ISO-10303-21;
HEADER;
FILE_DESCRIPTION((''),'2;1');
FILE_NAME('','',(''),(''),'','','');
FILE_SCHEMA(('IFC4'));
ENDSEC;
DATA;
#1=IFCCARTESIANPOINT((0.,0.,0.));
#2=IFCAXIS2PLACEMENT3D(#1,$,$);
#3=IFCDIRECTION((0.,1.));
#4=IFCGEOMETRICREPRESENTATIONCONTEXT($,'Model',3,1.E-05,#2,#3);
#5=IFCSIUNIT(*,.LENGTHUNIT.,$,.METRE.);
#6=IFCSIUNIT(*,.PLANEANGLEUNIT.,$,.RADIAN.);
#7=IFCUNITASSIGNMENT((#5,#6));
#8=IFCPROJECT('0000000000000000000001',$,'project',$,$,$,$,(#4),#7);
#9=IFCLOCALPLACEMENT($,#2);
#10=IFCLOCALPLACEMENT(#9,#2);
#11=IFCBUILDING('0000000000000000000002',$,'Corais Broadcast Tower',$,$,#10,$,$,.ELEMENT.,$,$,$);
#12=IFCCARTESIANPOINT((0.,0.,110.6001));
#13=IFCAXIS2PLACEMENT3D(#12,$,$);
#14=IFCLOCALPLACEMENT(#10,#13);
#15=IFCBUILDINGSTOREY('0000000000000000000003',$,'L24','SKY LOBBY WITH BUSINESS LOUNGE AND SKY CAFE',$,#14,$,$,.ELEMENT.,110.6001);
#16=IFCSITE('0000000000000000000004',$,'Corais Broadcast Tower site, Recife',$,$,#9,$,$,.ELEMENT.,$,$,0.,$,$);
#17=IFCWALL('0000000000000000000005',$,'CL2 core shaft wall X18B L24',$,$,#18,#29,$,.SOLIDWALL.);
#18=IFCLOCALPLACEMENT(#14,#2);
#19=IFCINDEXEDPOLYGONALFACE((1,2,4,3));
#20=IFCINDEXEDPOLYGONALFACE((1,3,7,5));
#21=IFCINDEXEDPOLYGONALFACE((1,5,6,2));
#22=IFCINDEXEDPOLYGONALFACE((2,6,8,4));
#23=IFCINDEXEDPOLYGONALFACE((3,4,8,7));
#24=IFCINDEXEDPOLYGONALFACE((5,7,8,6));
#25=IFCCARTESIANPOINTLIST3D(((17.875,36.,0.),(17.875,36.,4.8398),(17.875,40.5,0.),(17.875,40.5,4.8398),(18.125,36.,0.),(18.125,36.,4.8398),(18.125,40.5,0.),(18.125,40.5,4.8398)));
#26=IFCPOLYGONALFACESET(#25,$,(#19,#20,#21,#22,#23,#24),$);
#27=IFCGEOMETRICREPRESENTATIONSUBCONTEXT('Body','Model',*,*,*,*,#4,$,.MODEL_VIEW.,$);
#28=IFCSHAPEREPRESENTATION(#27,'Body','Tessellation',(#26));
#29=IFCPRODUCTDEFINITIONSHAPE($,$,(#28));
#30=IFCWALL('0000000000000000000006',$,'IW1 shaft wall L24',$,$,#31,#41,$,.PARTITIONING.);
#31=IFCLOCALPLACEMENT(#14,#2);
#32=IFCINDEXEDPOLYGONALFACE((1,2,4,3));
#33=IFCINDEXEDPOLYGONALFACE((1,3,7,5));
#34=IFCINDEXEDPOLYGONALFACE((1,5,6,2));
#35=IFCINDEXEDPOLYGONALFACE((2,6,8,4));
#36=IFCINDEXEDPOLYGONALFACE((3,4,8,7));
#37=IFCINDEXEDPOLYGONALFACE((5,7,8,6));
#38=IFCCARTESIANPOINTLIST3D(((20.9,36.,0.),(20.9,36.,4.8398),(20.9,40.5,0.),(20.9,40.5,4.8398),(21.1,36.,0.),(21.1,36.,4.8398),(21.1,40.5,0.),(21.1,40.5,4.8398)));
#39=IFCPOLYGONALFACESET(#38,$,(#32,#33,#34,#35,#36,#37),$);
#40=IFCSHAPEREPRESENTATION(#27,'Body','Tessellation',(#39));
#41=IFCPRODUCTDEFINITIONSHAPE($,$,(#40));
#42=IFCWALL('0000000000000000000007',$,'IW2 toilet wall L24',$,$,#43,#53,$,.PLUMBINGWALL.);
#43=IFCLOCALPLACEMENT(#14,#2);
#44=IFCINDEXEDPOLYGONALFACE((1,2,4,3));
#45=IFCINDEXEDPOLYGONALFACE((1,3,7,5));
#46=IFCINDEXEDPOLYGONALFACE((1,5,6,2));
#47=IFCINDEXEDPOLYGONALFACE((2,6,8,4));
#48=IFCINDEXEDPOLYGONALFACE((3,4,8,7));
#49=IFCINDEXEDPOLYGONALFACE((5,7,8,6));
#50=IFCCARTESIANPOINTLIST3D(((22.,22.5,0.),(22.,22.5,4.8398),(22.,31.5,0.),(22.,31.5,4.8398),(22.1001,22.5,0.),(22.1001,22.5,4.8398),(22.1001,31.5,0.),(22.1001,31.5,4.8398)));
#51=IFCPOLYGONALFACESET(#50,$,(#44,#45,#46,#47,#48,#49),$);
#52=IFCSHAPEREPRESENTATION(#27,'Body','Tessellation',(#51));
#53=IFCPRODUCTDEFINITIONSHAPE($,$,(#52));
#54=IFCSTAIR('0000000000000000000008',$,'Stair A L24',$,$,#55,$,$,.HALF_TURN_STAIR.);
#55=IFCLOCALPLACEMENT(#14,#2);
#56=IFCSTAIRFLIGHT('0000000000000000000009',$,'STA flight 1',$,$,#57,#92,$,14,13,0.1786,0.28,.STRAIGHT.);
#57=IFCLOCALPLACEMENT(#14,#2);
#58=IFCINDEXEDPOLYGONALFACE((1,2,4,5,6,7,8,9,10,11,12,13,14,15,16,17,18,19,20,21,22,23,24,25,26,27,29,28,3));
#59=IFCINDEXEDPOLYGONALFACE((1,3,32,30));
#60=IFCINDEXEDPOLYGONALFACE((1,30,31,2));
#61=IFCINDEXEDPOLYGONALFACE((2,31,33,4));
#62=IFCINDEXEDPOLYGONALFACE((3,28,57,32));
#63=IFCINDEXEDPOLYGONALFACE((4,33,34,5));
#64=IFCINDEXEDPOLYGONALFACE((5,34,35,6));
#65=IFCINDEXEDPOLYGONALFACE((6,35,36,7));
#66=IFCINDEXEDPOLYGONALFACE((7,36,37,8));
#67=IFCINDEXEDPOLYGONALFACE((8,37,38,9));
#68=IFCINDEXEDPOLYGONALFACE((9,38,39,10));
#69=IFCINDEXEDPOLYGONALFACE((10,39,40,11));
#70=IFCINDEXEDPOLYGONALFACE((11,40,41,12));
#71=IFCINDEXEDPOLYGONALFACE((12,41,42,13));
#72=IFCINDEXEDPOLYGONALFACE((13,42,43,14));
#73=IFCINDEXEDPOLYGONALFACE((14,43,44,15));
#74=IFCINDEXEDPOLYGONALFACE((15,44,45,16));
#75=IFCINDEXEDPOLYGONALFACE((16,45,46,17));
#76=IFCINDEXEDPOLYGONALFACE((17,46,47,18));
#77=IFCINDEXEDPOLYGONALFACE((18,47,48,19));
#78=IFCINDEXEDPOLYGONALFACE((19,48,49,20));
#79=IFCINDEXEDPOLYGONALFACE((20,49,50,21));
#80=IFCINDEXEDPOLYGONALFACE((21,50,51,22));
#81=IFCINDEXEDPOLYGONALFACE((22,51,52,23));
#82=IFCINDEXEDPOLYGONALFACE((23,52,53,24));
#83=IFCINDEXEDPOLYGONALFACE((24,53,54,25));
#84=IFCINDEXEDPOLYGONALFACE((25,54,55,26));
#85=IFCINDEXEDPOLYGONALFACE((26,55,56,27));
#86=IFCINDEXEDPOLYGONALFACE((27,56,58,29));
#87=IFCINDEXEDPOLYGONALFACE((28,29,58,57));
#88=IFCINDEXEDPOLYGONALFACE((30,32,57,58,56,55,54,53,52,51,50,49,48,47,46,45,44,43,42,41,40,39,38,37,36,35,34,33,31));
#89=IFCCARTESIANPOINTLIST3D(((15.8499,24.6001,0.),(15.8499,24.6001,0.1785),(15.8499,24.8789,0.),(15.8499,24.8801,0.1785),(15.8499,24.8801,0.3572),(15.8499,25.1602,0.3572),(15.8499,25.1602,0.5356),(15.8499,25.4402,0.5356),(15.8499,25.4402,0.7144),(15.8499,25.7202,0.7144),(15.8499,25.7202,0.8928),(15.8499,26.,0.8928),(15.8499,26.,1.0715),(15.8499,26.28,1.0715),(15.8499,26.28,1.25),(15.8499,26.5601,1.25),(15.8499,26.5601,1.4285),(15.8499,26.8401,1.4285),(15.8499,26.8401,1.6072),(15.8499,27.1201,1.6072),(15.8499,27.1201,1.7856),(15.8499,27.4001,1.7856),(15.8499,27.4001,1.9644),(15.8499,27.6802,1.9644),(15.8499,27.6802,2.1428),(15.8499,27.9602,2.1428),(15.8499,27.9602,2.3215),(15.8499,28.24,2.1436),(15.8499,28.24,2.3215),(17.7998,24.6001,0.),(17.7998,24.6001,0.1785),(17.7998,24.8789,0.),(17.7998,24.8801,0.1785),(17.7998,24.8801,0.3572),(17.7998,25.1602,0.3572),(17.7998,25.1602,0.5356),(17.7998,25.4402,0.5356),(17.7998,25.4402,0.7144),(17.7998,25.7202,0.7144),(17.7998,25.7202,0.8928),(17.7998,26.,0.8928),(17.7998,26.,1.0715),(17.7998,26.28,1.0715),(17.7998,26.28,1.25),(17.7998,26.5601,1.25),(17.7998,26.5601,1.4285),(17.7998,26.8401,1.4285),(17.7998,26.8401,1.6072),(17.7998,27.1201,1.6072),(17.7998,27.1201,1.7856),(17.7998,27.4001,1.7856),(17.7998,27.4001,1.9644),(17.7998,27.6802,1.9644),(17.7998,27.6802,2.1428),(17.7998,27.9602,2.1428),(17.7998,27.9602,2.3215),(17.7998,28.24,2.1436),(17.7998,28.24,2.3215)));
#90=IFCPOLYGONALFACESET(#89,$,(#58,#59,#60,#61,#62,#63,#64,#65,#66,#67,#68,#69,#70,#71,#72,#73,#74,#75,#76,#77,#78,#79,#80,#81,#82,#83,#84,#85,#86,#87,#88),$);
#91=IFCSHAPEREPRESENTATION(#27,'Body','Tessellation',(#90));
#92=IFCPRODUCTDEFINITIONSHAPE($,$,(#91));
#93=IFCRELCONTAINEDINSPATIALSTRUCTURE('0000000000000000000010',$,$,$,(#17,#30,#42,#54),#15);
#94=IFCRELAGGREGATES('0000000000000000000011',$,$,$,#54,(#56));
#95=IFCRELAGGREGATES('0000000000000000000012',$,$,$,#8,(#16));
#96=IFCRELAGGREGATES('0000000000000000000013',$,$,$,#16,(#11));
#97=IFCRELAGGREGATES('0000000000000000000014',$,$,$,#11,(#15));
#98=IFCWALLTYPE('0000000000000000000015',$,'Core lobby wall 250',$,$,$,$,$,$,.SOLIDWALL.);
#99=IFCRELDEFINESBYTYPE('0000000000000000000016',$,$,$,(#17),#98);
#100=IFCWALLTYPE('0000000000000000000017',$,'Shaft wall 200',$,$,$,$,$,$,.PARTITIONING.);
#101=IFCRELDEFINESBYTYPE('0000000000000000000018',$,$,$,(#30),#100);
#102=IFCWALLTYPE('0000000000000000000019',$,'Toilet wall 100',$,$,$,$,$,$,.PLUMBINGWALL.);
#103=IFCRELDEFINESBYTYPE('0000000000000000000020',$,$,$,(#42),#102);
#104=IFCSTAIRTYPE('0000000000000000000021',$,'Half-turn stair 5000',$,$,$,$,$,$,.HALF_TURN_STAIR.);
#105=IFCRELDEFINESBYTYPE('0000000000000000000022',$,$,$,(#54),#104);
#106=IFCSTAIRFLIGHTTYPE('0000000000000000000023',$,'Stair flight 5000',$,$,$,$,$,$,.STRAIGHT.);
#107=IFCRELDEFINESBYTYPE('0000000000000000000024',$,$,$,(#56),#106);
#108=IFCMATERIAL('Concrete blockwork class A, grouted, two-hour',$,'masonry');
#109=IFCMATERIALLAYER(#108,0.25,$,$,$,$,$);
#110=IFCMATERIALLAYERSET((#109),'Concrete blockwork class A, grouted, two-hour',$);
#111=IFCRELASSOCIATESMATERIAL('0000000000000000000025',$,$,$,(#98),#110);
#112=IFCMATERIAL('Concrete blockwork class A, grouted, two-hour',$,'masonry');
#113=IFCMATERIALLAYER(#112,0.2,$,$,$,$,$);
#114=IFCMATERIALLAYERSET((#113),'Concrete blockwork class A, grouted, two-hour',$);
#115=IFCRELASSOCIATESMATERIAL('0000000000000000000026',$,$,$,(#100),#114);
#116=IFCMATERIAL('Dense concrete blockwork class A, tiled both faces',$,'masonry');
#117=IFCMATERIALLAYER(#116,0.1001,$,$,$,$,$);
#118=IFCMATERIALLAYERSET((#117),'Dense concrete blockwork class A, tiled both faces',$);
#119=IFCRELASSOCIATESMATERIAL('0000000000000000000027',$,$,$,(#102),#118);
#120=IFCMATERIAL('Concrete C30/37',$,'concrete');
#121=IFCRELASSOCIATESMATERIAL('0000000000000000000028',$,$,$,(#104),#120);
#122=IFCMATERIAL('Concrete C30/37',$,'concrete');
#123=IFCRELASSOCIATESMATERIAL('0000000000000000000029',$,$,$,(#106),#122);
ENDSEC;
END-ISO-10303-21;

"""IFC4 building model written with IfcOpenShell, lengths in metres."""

from ifc_helpers import new_model, si_unit, direction, frame, frame_2d, origin, place, context, subcontext, project, spatial, polyline, rectangle, outline, extrude, material, layer, layer_set, type_object, element, aggregate, save


model = new_model("IFC4")

# Units and contexts
model_context = context("Model", 3, precision=1e-05, world=origin(), true_north=direction((0.0, 1.0)))
body_context = subcontext(model_context, "Body", "Model", "MODEL_VIEW")
ifc_project = project(units=[si_unit("LENGTHUNIT", "METRE"), si_unit("PLANEANGLEUNIT", "RADIAN")], contexts=[model_context])

# Site, building, storey
site_placement = place(None, origin())
site = spatial("IfcSite", under=ifc_project, at=site_placement, Name="Corais Broadcast Tower site, Recife", CompositionType="ELEMENT", RefElevation=0.0)
building_placement = place(site_placement, origin())
building = spatial("IfcBuilding", under=site, at=building_placement, Name="Corais Broadcast Tower", CompositionType="ELEMENT")
storey_placement = place(building_placement, frame((0.0, 0.0, 110.6001)))
storey = spatial("IfcBuildingStorey", under=building, at=storey_placement, Name="L24", Description="SKY LOBBY WITH BUSINESS LOUNGE AND SKY CAFE", CompositionType="ELEMENT", Elevation=110.6001)

# Walls
ifc_material_1 = material(Name="Concrete blockwork class A, grouted, two-hour", Category="masonry")
ifc_layer_1 = layer(ifc_material_1, 0.25)
ifc_layer_set_1 = layer_set([ifc_layer_1], Name="Concrete blockwork class A, grouted, two-hour")
wall_type_1 = type_object("IfcWallType", Name="Core lobby wall 250", PredefinedType="SOLIDWALL", material=ifc_layer_set_1)
wall_1_placement = place(storey_placement, frame((18.0, 36.0, 0.0), z_axis=(0.0, 0.0, 1.0), x_axis=(0.0, 1.0, 0.0)))
element("IfcWall", 1, at=wall_1_placement, inside=storey, type_object=wall_type_1, Name="CL2 core shaft wall X18B L24", PredefinedType="SOLIDWALL", context=body_context, shape_type="SweptSolid", body=[
    extrude(rectangle(XDim=4.5, YDim=0.25, at=frame_2d((2.25, 0.0))), origin(), (0.0, 0.0, 1.0), 4.8398),
])
ifc_material_2 = material(Name="Concrete blockwork class A, grouted, two-hour", Category="masonry")
ifc_layer_2 = layer(ifc_material_2, 0.2)
ifc_layer_set_2 = layer_set([ifc_layer_2], Name="Concrete blockwork class A, grouted, two-hour")
wall_type_2 = type_object("IfcWallType", Name="Shaft wall 200", PredefinedType="PARTITIONING", material=ifc_layer_set_2)
wall_2_placement = place(storey_placement, frame((21.0, 36.0, 0.0), z_axis=(0.0, 0.0, 1.0), x_axis=(0.0, 1.0, 0.0)))
element("IfcWall", 2, at=wall_2_placement, inside=storey, type_object=wall_type_2, Name="IW1 shaft wall L24", PredefinedType="PARTITIONING", context=body_context, shape_type="SweptSolid", body=[
    extrude(rectangle(XDim=4.5, YDim=0.2, at=frame_2d((2.25, 0.0))), origin(), (0.0, 0.0, 1.0), 4.8398),
])
ifc_material_3 = material(Name="Dense concrete blockwork class A, tiled both faces", Category="masonry")
ifc_layer_3 = layer(ifc_material_3, 0.1001)
ifc_layer_set_3 = layer_set([ifc_layer_3], Name="Dense concrete blockwork class A, tiled both faces")
wall_type_3 = type_object("IfcWallType", Name="Toilet wall 100", PredefinedType="PLUMBINGWALL", material=ifc_layer_set_3)
wall_3_placement = place(storey_placement, frame((22.05, 22.5, 0.0), z_axis=(0.0, 0.0, 1.0), x_axis=(0.0, 1.0, 0.0)))
element("IfcWall", 3, at=wall_3_placement, inside=storey, type_object=wall_type_3, Name="IW2 toilet wall L24", PredefinedType="PLUMBINGWALL", context=body_context, shape_type="SweptSolid", body=[
    extrude(rectangle(XDim=9.0, YDim=0.1001, at=frame_2d((4.5, 0.0))), origin(), (0.0, 0.0, 1.0), 4.8398),
])

# Stair, stair flight
ifc_material_4 = material(Name="Concrete C30/37", Category="concrete")
stair_type = type_object("IfcStairType", Name="Half-turn stair 5000", PredefinedType="HALF_TURN_STAIR", material=ifc_material_4)
stair_placement = place(storey_placement, origin())
stair = element("IfcStair", 4, at=stair_placement, inside=storey, type_object=stair_type, Name="Stair A L24", PredefinedType="HALF_TURN_STAIR")
ifc_material_5 = material(Name="Concrete C30/37", Category="concrete")
stair_flight_type = type_object("IfcStairFlightType", Name="Stair flight 5000", PredefinedType="STRAIGHT", material=ifc_material_5)
stair_flight_placement = place(storey_placement, frame((16.825, 24.6001, 0.0), z_axis=(0.0, 0.0, 1.0), x_axis=(0.0, 1.0, 0.0)))
stair_flight = element("IfcStairFlight", 5, at=stair_flight_placement, type_object=stair_flight_type, Name="STA flight 1", NumberOfRisers=14, NumberOfTreads=13, PredefinedType="STRAIGHT", RiserHeight=0.1786, TreadLength=0.28, context=body_context, shape_type="SweptSolid", body=[
    extrude(outline(polyline([(0.0, 0.0), (0.0, 0.1785), (0.28, 0.1785), (0.28, 0.3572), (0.5601, 0.3572), (0.5601, 0.5356), (0.8401, 0.5356), (0.8401, 0.7144), (1.1201, 0.7144), (1.1201, 0.8928), (1.3999, 0.8928), (1.3999, 1.0715), (1.6799, 1.0715), (1.6799, 1.25), (1.96, 1.25), (1.96, 1.4285), (2.24, 1.4285), (2.24, 1.6072), (2.52, 1.6072), (2.52, 1.7856), (2.8, 1.7856), (2.8, 1.9644), (3.0801, 1.9644), (3.0801, 2.1428), (3.3601, 2.1428), (3.3601, 2.3215), (3.6399, 2.3215), (3.6399, 2.5), (3.6399, 2.1436), (0.2788, 0.0), (0.0, 0.0)])), frame((0.0, 0.9751, 0.0), z_axis=(0.0, -1.0, 0.0), x_axis=(1.0, 0.0, 0.0)), (0.0, 0.0, 1.0), 1.95),
])
aggregate(stair, [stair_flight])

save(model, "model.ifc")
